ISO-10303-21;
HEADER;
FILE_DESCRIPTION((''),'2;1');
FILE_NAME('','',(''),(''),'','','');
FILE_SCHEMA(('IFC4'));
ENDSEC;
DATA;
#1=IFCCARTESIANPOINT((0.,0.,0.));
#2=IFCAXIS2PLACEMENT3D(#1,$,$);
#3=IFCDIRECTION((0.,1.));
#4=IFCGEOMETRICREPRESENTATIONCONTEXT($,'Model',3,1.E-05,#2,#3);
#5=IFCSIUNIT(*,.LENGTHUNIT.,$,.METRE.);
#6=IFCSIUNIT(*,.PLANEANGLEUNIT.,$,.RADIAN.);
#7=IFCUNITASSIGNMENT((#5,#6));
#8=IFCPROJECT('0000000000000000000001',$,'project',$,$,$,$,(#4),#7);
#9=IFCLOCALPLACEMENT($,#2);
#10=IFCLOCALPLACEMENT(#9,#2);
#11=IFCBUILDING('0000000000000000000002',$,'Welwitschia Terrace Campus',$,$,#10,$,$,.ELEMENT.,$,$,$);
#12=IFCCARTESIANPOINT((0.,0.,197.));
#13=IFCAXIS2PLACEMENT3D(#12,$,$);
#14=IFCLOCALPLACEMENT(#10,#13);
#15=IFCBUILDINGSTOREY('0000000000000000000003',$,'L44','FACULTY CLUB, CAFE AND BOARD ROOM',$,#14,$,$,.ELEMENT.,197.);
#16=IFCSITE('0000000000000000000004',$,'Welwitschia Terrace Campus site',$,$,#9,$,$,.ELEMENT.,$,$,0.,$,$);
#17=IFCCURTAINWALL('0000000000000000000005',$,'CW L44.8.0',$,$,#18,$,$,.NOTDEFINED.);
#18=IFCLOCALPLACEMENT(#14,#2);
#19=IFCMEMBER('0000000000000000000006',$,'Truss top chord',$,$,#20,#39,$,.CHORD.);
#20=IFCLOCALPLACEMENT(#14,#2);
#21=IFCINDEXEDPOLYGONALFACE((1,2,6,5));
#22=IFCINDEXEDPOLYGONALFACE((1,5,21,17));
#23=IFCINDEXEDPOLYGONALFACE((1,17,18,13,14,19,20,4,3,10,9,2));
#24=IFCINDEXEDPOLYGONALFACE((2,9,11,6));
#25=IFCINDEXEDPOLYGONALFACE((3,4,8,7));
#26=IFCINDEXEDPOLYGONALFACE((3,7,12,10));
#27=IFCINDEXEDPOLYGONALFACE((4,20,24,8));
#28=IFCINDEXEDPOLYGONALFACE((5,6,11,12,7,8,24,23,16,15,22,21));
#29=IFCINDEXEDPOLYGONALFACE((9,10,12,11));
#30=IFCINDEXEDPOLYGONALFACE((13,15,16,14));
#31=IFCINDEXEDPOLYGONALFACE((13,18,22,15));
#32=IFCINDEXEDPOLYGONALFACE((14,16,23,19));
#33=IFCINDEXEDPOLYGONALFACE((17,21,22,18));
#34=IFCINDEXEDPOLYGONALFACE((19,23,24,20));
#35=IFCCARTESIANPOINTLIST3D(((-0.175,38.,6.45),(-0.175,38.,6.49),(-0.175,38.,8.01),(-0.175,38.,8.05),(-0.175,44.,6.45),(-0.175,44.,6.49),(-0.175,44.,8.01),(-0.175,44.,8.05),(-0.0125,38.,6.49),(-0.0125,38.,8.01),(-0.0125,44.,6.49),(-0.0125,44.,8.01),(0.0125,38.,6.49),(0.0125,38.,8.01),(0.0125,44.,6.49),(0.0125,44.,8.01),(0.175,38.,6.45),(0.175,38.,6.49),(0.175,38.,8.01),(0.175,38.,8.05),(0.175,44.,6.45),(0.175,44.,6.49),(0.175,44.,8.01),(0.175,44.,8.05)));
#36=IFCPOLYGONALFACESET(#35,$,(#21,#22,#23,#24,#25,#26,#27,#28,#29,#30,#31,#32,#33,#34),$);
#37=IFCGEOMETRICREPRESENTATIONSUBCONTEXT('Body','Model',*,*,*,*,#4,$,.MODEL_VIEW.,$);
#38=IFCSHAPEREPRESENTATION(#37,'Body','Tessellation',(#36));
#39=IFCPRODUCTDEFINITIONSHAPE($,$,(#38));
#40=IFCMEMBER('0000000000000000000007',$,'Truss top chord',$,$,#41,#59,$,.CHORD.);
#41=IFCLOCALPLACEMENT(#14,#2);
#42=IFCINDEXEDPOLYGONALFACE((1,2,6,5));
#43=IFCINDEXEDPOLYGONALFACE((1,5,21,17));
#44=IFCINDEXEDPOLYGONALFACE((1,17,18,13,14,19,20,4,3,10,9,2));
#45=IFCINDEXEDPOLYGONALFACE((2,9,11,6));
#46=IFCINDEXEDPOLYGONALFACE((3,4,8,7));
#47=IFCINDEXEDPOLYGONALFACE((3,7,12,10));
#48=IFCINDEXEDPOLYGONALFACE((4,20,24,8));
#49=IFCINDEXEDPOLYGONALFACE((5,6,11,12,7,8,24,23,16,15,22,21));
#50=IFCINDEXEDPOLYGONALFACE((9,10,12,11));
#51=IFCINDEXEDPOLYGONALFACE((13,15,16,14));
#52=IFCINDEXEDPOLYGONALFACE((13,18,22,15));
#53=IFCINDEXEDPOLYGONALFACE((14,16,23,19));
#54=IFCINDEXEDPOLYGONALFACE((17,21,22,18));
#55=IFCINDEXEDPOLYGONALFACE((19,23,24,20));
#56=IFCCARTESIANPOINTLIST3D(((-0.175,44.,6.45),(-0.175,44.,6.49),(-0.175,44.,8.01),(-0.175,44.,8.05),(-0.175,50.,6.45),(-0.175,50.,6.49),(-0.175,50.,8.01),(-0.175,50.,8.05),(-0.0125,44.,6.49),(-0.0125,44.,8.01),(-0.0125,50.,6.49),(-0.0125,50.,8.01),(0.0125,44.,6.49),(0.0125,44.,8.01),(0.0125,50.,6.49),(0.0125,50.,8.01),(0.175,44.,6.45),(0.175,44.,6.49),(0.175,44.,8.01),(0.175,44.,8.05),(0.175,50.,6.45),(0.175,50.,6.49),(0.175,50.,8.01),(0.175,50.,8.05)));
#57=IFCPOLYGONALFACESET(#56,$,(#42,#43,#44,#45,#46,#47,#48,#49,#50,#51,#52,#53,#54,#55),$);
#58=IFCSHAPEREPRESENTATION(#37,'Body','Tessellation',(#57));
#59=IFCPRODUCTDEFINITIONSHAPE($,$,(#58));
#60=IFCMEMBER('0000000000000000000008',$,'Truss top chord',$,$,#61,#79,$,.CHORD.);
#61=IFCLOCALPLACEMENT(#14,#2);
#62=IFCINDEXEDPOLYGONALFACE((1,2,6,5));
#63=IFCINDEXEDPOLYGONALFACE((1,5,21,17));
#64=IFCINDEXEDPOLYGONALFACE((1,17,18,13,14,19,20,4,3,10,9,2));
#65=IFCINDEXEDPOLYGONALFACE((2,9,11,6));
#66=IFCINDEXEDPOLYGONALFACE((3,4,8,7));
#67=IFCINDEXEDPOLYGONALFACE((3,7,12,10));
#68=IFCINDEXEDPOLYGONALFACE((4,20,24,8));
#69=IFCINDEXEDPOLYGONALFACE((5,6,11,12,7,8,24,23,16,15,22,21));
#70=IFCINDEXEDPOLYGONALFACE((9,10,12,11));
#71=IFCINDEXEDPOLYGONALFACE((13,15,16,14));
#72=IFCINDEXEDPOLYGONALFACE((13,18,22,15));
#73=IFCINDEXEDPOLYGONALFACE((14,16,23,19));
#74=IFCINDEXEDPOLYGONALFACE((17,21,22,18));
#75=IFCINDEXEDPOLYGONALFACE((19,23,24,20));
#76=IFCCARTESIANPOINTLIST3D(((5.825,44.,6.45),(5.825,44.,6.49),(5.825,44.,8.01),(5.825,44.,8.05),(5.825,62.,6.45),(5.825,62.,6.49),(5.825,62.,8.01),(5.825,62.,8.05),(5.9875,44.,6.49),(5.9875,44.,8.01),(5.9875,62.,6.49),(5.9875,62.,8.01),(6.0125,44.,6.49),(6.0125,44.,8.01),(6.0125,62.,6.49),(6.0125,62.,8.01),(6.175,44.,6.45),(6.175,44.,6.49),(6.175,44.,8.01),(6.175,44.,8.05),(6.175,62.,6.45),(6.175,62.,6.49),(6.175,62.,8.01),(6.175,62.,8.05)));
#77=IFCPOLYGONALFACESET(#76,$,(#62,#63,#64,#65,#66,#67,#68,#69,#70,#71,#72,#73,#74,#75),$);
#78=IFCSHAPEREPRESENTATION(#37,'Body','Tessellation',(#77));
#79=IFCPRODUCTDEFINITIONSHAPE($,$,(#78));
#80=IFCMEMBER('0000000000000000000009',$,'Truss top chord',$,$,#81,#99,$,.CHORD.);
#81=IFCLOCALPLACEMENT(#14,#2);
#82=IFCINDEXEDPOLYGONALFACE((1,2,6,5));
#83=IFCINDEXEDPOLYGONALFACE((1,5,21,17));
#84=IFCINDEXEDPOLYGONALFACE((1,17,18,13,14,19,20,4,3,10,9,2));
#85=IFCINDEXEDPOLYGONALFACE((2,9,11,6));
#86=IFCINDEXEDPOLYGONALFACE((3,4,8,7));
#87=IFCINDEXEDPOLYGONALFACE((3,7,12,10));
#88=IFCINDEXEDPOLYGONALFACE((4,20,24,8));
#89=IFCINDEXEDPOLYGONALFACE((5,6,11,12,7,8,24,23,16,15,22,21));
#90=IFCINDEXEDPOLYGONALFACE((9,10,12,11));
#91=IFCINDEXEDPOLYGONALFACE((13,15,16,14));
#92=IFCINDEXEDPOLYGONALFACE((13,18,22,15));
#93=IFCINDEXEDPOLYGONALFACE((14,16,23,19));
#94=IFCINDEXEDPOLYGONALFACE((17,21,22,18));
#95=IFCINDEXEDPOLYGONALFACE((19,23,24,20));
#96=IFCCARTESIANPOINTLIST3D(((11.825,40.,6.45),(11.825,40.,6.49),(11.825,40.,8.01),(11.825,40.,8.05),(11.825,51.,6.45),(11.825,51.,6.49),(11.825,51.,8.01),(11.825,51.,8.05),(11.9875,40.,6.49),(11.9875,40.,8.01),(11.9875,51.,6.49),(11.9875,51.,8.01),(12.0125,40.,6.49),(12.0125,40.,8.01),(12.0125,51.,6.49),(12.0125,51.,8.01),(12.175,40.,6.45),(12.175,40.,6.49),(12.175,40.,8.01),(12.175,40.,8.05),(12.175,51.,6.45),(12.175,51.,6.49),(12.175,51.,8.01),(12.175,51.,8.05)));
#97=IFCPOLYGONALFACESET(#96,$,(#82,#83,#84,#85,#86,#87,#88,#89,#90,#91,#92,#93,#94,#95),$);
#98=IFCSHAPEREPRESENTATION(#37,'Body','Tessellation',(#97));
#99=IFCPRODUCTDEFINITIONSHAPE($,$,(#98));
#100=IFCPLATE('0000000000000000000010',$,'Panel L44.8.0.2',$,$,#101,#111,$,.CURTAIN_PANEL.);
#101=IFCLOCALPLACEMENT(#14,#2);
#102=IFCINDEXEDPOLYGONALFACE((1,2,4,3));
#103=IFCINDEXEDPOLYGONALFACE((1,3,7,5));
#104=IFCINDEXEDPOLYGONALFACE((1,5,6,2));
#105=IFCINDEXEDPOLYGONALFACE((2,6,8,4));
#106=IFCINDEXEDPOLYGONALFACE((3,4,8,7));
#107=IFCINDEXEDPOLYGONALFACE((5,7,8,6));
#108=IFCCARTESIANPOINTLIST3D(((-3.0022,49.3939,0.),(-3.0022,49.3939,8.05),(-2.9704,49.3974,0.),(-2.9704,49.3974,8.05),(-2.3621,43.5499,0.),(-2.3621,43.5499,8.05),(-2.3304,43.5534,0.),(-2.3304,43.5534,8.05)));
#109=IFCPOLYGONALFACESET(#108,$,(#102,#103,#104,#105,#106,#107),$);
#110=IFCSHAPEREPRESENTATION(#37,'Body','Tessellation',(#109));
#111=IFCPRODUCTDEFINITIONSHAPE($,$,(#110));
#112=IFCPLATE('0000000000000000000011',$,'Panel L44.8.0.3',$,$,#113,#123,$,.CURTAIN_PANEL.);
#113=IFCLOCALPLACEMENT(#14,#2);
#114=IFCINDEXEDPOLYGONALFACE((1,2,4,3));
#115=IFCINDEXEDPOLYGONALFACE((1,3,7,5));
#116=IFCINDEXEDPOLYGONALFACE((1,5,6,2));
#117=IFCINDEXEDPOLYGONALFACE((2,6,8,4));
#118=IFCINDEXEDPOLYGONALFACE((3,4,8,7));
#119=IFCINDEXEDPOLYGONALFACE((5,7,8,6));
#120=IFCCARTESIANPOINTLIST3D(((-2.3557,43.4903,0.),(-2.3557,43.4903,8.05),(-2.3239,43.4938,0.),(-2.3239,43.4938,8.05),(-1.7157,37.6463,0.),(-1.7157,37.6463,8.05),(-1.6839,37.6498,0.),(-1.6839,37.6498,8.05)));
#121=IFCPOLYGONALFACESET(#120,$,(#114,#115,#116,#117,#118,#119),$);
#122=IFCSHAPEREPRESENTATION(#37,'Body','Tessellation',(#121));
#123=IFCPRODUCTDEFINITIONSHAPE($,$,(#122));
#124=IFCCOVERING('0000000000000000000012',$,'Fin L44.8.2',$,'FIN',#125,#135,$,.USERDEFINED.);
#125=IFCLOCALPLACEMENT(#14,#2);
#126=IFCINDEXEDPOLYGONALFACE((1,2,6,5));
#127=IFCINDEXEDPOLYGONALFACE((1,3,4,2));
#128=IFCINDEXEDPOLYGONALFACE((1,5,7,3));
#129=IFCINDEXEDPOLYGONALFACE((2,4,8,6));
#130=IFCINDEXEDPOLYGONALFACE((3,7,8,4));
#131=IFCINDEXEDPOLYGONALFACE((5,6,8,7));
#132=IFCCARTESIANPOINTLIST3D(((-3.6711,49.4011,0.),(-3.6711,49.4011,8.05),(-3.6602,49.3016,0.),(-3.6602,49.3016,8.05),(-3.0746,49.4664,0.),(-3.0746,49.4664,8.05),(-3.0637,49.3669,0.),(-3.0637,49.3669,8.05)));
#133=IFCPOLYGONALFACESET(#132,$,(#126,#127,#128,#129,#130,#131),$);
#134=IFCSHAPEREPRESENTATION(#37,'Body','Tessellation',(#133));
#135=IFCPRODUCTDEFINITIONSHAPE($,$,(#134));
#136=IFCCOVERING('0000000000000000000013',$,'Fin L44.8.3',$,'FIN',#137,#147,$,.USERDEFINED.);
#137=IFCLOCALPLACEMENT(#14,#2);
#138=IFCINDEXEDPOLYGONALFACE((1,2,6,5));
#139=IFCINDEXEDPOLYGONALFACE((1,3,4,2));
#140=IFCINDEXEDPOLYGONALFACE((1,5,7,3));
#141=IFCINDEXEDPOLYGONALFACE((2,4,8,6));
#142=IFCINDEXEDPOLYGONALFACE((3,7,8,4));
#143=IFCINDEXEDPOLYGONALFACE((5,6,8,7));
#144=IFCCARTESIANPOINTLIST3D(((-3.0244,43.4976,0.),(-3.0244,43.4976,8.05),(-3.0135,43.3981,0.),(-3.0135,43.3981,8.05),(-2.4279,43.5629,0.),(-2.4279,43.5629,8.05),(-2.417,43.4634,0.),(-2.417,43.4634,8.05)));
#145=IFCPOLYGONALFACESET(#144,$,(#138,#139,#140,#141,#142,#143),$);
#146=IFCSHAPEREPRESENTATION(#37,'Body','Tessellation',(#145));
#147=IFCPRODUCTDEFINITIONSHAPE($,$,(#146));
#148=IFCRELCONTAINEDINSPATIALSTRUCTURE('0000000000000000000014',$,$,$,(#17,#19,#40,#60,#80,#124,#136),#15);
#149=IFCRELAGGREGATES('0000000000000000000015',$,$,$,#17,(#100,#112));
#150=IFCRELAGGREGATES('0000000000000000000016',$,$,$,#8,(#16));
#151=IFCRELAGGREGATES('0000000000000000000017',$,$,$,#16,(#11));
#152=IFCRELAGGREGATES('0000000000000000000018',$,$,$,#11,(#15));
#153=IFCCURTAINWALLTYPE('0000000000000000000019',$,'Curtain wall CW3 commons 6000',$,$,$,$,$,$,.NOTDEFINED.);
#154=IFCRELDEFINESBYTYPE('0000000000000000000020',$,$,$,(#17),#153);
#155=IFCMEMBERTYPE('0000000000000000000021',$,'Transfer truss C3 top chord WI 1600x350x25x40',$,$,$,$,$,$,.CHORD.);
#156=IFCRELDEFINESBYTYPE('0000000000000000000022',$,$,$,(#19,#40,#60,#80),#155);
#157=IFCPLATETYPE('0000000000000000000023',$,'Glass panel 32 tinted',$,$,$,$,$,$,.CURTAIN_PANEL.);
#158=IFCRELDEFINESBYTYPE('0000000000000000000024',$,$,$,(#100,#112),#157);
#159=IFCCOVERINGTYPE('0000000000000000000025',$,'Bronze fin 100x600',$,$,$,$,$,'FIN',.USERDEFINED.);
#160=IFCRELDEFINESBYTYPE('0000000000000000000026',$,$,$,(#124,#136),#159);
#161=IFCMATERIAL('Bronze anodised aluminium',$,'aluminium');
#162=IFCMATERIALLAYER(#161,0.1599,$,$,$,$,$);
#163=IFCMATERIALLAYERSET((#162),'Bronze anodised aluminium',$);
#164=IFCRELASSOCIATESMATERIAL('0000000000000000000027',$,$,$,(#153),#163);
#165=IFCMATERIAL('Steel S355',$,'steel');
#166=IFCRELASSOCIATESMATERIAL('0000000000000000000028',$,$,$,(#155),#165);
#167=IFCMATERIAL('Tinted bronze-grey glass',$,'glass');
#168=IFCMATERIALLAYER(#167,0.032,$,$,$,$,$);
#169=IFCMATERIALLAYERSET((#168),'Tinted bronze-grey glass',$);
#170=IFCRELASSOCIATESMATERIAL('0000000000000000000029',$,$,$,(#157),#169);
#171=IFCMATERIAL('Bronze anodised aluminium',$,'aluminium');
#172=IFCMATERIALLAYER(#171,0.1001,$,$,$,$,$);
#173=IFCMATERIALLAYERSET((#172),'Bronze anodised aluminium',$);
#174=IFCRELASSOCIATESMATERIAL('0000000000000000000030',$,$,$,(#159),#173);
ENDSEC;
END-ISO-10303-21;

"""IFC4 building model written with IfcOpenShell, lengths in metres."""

from ifc_helpers import new_model, si_unit, direction, frame, origin, origin_2d, place, context, subcontext, project, spatial, rectangle, i_section, extrude, material, layer, layer_set, material_profile, profile_set, type_object, element, aggregate, save


model = new_model("IFC4")

# Units and contexts
model_context = context("Model", 3, precision=1e-05, world=origin(), true_north=direction((0.0, 1.0)))
body_context = subcontext(model_context, "Body", "Model", "MODEL_VIEW")
ifc_project = project(units=[si_unit("LENGTHUNIT", "METRE"), si_unit("PLANEANGLEUNIT", "RADIAN")], contexts=[model_context])

# Site, building, storey
site_placement = place(None, origin())
site = spatial("IfcSite", under=ifc_project, at=site_placement, Name="Welwitschia Terrace Campus site", CompositionType="ELEMENT", RefElevation=0.0)
building_placement = place(site_placement, origin())
building = spatial("IfcBuilding", under=site, at=building_placement, Name="Welwitschia Terrace Campus", CompositionType="ELEMENT")
storey_placement = place(building_placement, frame((0.0, 0.0, 197.0)))
storey = spatial("IfcBuildingStorey", under=building, at=storey_placement, Name="L44", Description="FACULTY CLUB, CAFE AND BOARD ROOM", CompositionType="ELEMENT", Elevation=197.0)

# Curtain wall
ifc_material_1 = material(Name="Bronze anodised aluminium", Category="aluminium")
ifc_layer_1 = layer(ifc_material_1, 0.1599)
ifc_layer_set_1 = layer_set([ifc_layer_1], Name="Bronze anodised aluminium")
curtain_wall_type = type_object("IfcCurtainWallType", Name="Curtain wall CW3 commons 6000", PredefinedType="NOTDEFINED", material=ifc_layer_set_1)
curtain_wall_placement = place(storey_placement, origin())
curtain_wall = element("IfcCurtainWall", 1, at=curtain_wall_placement, inside=storey, type_object=curtain_wall_type, Name="CW L44.8.0", PredefinedType="NOTDEFINED")

# Members
ifc_material_2 = material(Name="Steel S355", Category="steel")
ifc_material_profile_1 = material_profile(ifc_material_2, i_section(OverallWidth=0.3501, OverallDepth=1.6001, WebThickness=0.0249, FlangeThickness=0.04, at=origin_2d()))
ifc_profile_set_1 = profile_set([ifc_material_profile_1], Name="Steel S355")
member_type_1 = type_object("IfcMemberType", Name="Transfer truss C3 top chord WI 1600x350x25x40", PredefinedType="CHORD", material=ifc_profile_set_1)
for number, where, z_axis, x_axis, name in (
    (2, (0.0, 38.0, 7.25), (0.0, 1.0, 0.0), (-1.0, 0.0, 0.0), "Truss top chord"),
    (3, (0.0, 44.0, 7.25), (0.0, 1.0, 0.0), (-1.0, 0.0, 0.0), "Truss top chord"),
):
    element("IfcMember", number, at=place(storey_placement, frame(where, z_axis=z_axis, x_axis=x_axis)), inside=storey, type_object=member_type_1, Name=name, PredefinedType="CHORD", context=body_context, shape_type="SweptSolid", body=[
        extrude(i_section(OverallWidth=0.3501, OverallDepth=1.6001, WebThickness=0.0249, FlangeThickness=0.04, at=origin_2d()), origin(), (0.0, 0.0, 1.0), 6.0),
    ])
member_1_placement = place(storey_placement, frame((6.0, 44.0, 7.25), z_axis=(0.0, 1.0, 0.0), x_axis=(-1.0, 0.0, 0.0)))
element("IfcMember", 4, at=member_1_placement, inside=storey, type_object=member_type_1, Name="Truss top chord", PredefinedType="CHORD", context=body_context, shape_type="SweptSolid", body=[
    extrude(i_section(OverallWidth=0.3501, OverallDepth=1.6001, WebThickness=0.0249, FlangeThickness=0.04, at=origin_2d()), origin(), (0.0, 0.0, 1.0), 18.0),
])
member_2_placement = place(storey_placement, frame((12.0, 40.0, 7.25), z_axis=(0.0, 1.0, 0.0), x_axis=(-1.0, 0.0, 0.0)))
element("IfcMember", 5, at=member_2_placement, inside=storey, type_object=member_type_1, Name="Truss top chord", PredefinedType="CHORD", context=body_context, shape_type="SweptSolid", body=[
    extrude(i_section(OverallWidth=0.3501, OverallDepth=1.6001, WebThickness=0.0249, FlangeThickness=0.04, at=origin_2d()), origin(), (0.0, 0.0, 1.0), 11.0),
])

# Plates
ifc_material_3 = material(Name="Tinted bronze-grey glass", Category="glass")
ifc_layer_2 = layer(ifc_material_3, 0.032)
ifc_layer_set_2 = layer_set([ifc_layer_2], Name="Tinted bronze-grey glass")
plate_type = type_object("IfcPlateType", Name="Glass panel 32 tinted", PredefinedType="CURTAIN_PANEL", material=ifc_layer_set_2)
plate_1_placement = place(storey_placement, frame((-2.6663, 46.4736, 0.0), z_axis=(0.0, 0.0, 1.0), x_axis=(0.108867, -0.994056, 0.0)))
plate_1 = element("IfcPlate", 6, at=plate_1_placement, type_object=plate_type, Name="Panel L44.8.0.2", PredefinedType="CURTAIN_PANEL", context=body_context, shape_type="SweptSolid", body=[
    extrude(rectangle(XDim=5.8789, YDim=0.032, at=origin_2d()), origin(), (0.0, 0.0, 1.0), 8.05),
])
plate_2_placement = place(storey_placement, frame((-2.0198, 40.5701, 0.0), z_axis=(0.0, 0.0, 1.0), x_axis=(0.108867, -0.994056, 0.0)))
plate_2 = element("IfcPlate", 7, at=plate_2_placement, type_object=plate_type, Name="Panel L44.8.0.3", PredefinedType="CURTAIN_PANEL", context=body_context, shape_type="SweptSolid", body=[
    extrude(rectangle(XDim=5.8789, YDim=0.032, at=origin_2d()), origin(), (0.0, 0.0, 1.0), 8.05),
])
aggregate(curtain_wall, [plate_1, plate_2])

# Coverings
ifc_material_4 = material(Name="Bronze anodised aluminium", Category="aluminium")
ifc_layer_3 = layer(ifc_material_4, 0.1001)
ifc_layer_set_3 = layer_set([ifc_layer_3], Name="Bronze anodised aluminium")
covering_type = type_object("IfcCoveringType", Name="Bronze fin 100x600", ElementType="FIN", PredefinedType="USERDEFINED", material=ifc_layer_set_3)
for number, where, z_axis, x_axis, name in (
    (8, (-3.3674, 49.384, 0.0), (0.0, 0.0, 1.0), (0.108867, -0.994056, 0.0), "Fin L44.8.2"),
    (9, (-2.7207, 43.4805, 0.0), (0.0, 0.0, 1.0), (0.108867, -0.994056, 0.0), "Fin L44.8.3"),
):
    element("IfcCovering", number, at=place(storey_placement, frame(where, z_axis=z_axis, x_axis=x_axis)), inside=storey, type_object=covering_type, Name=name, ObjectType="FIN", PredefinedType="USERDEFINED", context=body_context, shape_type="SweptSolid", body=[
        extrude(rectangle(XDim=0.1001, YDim=0.6001, at=origin_2d()), origin(), (0.0, 0.0, 1.0), 8.05),
    ])

save(model, "model.ifc")
